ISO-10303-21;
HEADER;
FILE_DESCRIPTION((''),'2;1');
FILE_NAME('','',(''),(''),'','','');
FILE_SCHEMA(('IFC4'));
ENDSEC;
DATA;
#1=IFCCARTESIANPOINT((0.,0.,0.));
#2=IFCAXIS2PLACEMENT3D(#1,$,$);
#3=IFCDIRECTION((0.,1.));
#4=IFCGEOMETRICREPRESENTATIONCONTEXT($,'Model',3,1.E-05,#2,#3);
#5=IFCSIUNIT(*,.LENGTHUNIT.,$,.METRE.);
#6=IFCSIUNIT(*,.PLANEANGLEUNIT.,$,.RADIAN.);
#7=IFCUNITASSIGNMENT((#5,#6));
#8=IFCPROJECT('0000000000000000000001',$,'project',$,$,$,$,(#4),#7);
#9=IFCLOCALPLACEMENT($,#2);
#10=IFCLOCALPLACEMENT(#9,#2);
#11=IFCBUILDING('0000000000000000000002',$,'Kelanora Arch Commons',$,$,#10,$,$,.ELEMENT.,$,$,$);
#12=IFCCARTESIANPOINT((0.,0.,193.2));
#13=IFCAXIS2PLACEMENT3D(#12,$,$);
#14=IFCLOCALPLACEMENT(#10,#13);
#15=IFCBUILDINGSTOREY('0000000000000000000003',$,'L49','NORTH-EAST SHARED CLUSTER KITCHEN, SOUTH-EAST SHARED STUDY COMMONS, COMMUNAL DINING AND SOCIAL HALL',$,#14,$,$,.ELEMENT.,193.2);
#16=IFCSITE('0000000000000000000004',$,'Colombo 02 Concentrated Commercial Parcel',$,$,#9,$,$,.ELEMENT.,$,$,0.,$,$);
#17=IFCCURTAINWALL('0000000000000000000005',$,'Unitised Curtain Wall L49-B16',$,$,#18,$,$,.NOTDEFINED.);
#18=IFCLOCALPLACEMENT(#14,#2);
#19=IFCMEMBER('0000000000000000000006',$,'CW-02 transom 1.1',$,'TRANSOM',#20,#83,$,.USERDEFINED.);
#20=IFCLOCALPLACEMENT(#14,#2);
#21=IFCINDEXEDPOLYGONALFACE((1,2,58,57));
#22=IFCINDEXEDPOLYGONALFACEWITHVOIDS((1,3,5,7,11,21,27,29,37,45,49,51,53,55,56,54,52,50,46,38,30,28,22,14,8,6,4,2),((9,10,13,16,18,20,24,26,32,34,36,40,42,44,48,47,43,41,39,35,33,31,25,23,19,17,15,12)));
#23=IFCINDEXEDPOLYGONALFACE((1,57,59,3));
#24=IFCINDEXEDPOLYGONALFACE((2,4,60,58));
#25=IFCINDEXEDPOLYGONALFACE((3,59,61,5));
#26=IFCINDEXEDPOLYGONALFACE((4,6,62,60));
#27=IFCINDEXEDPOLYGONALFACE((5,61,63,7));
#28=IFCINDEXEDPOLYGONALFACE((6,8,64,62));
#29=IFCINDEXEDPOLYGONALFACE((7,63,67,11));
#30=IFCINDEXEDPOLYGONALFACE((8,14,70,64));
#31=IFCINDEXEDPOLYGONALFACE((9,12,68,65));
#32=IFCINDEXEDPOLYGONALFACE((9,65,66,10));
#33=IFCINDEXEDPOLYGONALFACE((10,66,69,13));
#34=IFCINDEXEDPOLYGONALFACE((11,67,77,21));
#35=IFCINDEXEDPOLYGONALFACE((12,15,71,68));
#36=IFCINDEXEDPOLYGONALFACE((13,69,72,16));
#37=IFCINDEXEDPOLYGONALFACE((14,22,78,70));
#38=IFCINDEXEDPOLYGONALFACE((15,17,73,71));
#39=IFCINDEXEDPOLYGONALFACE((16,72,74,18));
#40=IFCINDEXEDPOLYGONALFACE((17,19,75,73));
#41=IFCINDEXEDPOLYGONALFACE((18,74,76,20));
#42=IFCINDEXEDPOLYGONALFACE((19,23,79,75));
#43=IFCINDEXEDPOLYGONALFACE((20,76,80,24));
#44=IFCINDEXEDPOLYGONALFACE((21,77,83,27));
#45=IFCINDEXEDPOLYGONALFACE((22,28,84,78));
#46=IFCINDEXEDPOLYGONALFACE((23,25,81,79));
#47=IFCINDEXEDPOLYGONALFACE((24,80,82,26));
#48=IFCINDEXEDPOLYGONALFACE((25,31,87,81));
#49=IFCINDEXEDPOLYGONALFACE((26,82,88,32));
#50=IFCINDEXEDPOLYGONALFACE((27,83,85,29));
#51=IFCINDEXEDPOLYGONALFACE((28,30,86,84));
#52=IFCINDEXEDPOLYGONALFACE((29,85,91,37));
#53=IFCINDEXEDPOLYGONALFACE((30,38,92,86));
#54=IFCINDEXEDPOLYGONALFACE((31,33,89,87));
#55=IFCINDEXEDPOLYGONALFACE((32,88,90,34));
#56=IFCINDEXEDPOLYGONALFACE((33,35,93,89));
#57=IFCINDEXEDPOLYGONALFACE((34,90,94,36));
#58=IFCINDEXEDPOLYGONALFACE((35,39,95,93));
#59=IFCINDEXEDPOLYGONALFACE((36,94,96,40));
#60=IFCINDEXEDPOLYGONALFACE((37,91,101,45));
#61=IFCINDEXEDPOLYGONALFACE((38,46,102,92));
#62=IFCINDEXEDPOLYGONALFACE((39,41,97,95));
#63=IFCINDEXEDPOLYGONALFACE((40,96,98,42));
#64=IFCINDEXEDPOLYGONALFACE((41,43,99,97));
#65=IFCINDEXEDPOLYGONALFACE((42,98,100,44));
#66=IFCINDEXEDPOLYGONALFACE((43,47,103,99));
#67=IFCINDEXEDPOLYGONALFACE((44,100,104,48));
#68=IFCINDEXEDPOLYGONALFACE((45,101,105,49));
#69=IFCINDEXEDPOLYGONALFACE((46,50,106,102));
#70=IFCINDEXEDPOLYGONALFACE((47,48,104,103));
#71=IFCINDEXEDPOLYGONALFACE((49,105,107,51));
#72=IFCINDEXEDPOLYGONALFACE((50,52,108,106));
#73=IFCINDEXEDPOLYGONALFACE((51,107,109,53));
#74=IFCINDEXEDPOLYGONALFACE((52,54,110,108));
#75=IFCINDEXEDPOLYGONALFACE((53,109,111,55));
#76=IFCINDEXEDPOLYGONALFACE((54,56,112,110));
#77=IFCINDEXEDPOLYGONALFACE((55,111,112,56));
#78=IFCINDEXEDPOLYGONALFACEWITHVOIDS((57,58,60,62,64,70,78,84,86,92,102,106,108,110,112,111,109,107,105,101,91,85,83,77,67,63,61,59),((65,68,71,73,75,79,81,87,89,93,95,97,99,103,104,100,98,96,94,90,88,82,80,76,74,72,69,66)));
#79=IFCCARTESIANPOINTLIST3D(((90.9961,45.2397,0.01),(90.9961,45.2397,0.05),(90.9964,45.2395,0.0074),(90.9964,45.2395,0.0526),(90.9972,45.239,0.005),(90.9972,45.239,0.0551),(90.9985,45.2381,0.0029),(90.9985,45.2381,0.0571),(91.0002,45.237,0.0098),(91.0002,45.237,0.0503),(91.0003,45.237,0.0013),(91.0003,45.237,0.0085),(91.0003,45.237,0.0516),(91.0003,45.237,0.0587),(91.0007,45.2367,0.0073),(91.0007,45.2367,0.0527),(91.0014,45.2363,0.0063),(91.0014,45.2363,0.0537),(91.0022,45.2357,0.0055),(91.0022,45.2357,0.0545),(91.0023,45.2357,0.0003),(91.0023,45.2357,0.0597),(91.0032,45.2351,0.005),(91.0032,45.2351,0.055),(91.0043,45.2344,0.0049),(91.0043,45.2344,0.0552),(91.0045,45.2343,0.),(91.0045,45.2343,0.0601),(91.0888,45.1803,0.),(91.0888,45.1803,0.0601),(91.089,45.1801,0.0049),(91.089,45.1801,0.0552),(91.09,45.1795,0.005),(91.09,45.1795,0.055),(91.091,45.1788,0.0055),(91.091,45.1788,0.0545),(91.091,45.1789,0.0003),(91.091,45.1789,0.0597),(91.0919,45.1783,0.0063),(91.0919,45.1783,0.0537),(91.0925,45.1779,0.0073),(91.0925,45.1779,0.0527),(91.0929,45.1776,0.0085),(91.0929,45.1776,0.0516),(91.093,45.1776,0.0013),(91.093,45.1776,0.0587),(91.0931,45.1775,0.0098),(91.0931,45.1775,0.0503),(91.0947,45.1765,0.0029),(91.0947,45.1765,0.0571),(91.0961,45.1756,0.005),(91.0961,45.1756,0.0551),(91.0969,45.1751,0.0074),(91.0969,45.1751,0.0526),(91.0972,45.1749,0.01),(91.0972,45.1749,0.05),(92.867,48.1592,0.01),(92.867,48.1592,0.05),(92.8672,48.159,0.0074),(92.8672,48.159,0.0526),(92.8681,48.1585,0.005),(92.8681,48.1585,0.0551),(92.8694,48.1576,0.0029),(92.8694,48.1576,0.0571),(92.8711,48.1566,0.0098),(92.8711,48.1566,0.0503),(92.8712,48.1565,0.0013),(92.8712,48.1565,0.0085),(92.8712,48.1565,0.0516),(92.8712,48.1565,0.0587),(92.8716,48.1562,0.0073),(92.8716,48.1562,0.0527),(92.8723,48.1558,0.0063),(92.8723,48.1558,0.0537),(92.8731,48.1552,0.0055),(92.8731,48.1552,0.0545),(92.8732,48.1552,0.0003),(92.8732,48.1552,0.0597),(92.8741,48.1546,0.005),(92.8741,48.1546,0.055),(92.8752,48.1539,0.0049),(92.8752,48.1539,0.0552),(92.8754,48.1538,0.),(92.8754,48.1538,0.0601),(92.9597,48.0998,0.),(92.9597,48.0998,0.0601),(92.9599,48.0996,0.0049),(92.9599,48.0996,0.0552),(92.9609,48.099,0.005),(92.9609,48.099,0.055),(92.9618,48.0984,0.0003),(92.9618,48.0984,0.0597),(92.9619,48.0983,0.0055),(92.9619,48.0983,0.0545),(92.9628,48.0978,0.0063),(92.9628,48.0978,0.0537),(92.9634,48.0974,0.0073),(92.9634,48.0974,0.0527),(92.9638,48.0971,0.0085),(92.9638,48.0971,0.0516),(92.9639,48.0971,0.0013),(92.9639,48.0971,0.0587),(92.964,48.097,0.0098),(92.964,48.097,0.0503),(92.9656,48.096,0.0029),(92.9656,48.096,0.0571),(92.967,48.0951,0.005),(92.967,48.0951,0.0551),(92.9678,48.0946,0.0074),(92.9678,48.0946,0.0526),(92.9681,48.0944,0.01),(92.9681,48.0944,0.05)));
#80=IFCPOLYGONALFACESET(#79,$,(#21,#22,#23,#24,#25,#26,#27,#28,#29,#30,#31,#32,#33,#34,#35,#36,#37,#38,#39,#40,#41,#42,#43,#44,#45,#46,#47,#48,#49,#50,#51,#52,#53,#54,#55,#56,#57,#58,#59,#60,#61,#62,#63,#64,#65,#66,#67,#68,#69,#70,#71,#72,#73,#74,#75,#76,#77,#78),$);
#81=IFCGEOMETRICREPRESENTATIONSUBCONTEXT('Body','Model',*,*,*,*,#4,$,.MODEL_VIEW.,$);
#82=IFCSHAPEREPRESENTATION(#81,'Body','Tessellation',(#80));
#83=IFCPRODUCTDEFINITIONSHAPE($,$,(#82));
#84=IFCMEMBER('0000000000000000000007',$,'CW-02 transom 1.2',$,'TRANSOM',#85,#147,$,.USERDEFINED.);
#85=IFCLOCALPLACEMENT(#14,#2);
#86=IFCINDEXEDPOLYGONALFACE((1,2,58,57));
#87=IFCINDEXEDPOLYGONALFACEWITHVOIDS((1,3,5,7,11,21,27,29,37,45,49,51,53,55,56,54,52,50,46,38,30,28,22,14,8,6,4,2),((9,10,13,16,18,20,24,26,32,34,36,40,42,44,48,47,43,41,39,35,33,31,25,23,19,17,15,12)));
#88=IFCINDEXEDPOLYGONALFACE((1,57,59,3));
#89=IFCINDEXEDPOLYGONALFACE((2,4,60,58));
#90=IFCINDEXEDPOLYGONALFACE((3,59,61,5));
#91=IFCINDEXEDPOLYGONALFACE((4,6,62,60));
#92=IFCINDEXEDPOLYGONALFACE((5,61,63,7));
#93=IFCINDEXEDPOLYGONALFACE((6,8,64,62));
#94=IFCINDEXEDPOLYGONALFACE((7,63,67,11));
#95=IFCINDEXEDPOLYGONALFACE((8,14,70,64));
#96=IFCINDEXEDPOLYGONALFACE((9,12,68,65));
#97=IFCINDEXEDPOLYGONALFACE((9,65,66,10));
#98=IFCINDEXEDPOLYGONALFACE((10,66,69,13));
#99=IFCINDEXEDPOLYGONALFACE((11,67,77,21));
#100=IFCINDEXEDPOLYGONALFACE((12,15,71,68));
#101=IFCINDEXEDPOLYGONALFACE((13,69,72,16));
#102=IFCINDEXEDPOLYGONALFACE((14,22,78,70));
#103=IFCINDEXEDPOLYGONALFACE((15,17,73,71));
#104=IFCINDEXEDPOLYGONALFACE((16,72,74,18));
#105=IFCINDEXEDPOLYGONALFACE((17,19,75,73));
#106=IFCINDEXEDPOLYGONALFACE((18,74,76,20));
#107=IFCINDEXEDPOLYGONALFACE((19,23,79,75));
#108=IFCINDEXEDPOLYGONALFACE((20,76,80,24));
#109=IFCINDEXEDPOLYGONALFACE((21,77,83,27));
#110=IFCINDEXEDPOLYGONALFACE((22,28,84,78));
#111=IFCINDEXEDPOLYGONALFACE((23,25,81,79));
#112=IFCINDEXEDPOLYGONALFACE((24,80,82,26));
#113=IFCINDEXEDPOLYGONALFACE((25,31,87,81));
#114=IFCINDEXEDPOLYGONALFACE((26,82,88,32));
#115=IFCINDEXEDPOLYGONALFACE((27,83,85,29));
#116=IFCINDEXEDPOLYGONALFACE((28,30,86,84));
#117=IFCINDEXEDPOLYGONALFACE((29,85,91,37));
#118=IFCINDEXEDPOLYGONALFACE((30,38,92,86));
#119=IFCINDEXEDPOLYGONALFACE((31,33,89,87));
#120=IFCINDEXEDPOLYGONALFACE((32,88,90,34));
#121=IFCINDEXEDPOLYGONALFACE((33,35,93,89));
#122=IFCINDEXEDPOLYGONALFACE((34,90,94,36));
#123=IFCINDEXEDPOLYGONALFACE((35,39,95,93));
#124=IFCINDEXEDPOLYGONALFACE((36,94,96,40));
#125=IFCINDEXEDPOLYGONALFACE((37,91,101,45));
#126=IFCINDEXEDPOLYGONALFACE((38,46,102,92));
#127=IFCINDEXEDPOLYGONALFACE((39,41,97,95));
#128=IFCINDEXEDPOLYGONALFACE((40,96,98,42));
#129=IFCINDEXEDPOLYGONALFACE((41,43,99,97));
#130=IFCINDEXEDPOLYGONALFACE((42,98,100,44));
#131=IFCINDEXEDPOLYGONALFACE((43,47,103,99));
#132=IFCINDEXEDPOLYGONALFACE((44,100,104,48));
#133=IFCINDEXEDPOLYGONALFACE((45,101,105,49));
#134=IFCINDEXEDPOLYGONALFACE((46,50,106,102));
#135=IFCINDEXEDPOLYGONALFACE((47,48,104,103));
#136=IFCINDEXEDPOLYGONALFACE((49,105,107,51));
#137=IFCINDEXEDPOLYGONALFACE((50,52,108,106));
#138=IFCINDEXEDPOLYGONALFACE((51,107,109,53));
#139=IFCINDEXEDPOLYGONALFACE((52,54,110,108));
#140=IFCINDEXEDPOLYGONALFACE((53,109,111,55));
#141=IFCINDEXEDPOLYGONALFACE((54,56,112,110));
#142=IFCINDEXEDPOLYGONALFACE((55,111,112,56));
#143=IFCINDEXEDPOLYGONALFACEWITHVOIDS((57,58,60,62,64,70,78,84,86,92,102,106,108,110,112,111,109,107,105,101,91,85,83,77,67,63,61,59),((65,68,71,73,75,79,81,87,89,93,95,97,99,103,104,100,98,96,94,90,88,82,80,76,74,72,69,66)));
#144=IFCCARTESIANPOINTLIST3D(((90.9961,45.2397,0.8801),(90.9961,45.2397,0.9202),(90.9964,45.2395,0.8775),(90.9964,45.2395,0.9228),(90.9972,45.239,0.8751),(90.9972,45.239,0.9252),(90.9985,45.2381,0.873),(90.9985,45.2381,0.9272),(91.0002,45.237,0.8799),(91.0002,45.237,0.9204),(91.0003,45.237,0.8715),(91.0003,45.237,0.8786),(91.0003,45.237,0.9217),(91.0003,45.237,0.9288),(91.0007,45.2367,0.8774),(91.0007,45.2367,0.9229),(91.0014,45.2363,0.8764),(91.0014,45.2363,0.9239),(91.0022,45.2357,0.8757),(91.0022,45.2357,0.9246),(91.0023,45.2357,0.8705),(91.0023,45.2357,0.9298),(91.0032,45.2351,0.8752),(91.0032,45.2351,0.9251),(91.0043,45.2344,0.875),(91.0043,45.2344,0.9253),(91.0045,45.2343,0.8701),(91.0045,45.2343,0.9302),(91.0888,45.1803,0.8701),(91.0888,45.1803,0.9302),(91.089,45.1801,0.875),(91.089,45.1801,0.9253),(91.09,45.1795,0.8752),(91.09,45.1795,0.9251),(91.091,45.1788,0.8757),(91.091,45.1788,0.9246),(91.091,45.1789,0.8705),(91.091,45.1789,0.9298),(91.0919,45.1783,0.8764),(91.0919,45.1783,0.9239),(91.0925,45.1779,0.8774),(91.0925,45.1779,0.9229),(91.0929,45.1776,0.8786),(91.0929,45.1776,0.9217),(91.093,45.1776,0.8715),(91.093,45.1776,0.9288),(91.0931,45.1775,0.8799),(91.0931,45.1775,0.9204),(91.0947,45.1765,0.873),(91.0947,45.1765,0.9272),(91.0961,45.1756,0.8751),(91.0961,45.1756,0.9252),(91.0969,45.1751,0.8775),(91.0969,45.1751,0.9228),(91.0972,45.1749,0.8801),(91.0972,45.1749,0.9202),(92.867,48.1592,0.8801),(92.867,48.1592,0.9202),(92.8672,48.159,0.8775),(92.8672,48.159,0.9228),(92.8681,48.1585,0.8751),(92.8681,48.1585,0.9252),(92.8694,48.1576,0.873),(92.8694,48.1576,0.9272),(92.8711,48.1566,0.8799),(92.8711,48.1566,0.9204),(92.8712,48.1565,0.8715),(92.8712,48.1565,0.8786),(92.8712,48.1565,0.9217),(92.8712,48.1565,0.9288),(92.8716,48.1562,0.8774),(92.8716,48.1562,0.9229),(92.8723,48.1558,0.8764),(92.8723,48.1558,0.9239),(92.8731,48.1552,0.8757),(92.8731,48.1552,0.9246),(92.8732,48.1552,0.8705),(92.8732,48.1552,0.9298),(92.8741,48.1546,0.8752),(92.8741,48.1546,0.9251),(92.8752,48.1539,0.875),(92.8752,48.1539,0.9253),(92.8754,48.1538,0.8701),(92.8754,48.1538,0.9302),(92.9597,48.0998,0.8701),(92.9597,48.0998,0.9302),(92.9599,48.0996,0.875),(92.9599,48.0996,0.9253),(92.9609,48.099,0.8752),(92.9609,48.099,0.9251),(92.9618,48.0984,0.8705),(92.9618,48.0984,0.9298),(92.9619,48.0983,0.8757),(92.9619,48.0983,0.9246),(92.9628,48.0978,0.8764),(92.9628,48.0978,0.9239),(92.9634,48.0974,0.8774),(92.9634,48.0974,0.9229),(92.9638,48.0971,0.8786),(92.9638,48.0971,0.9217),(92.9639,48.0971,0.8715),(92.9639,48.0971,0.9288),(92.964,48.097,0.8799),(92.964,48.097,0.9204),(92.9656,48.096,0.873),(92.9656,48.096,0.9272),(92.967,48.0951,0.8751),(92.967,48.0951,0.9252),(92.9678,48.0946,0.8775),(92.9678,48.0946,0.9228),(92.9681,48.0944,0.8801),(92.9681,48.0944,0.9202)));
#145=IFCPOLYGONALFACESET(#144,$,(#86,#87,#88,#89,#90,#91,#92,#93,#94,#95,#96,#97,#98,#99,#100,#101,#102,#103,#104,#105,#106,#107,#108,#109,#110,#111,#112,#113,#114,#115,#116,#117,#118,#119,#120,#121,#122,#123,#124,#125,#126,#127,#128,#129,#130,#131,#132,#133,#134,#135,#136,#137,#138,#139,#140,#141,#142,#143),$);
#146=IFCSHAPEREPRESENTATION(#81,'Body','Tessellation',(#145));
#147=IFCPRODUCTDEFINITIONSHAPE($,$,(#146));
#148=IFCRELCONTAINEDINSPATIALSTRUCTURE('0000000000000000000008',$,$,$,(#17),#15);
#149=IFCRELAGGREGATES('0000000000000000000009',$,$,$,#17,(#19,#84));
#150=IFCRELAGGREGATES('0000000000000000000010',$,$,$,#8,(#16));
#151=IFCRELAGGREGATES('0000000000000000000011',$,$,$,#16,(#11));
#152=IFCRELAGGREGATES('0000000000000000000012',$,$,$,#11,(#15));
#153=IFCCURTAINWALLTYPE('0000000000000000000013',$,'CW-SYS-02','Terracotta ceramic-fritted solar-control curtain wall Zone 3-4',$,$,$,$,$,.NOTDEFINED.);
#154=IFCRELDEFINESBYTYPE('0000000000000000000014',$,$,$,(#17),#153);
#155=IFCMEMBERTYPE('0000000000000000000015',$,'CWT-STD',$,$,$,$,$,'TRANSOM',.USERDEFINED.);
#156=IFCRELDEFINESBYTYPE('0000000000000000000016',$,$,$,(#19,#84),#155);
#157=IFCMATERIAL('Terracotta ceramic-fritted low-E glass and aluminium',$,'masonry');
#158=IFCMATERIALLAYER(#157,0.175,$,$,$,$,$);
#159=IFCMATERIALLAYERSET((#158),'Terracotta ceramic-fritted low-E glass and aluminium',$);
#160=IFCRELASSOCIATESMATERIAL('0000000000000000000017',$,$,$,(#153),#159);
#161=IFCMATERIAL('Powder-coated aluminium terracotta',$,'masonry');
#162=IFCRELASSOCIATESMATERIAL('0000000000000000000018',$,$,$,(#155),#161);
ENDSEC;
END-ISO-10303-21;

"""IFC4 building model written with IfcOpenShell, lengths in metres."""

from ifc_helpers import new_model, si_unit, direction, frame, origin, origin_2d, place, context, subcontext, project, spatial, hollow_rectangle, extrude, material, layer, layer_set, material_profile, profile_set, type_object, element, aggregate, save


model = new_model("IFC4")

# Units and contexts
model_context = context("Model", 3, precision=1e-05, world=origin(), true_north=direction((0.0, 1.0)))
body_context = subcontext(model_context, "Body", "Model", "MODEL_VIEW")
ifc_project = project(units=[si_unit("LENGTHUNIT", "METRE"), si_unit("PLANEANGLEUNIT", "RADIAN")], contexts=[model_context])

# Site, building, storey
site_placement = place(None, origin())
site = spatial("IfcSite", under=ifc_project, at=site_placement, Name="Colombo 02 Concentrated Commercial Parcel", CompositionType="ELEMENT", RefElevation=0.0)
building_placement = place(site_placement, origin())
building = spatial("IfcBuilding", under=site, at=building_placement, Name="Kelanora Arch Commons", CompositionType="ELEMENT")
storey_placement = place(building_placement, frame((0.0, 0.0, 193.2)))
storey = spatial("IfcBuildingStorey", under=building, at=storey_placement, Name="L49", Description="NORTH-EAST SHARED CLUSTER KITCHEN, SOUTH-EAST SHARED STUDY COMMONS, COMMUNAL DINING AND SOCIAL HALL", CompositionType="ELEMENT", Elevation=193.2)

# Shared definitions
ifc_material_1 = material(Name="Terracotta ceramic-fritted low-E glass and aluminium", Category="masonry")
ifc_layer_1 = layer(ifc_material_1, 0.175)
ifc_layer_set_1 = layer_set([ifc_layer_1], Name="Terracotta ceramic-fritted low-E glass and aluminium")
curtain_wall_type = type_object("IfcCurtainWallType", Name="CW-SYS-02", Description="Terracotta ceramic-fritted solar-control curtain wall Zone 3-4", PredefinedType="NOTDEFINED", material=ifc_layer_set_1)
ifc_material_2 = material(Name="Powder-coated aluminium terracotta", Category="masonry")

# Curtain wall, members
curtain_wall_1_placement = place(storey_placement, origin())
curtain_wall_1 = element("IfcCurtainWall", 1, at=curtain_wall_1_placement, inside=storey, type_object=curtain_wall_type, Name="Unitised Curtain Wall L49-B16", PredefinedType="NOTDEFINED")
ifc_material_profile_1 = material_profile(ifc_material_2, hollow_rectangle(XDim=0.1201, YDim=0.0601, WallThickness=0.0049, InnerFilletRadius=0.0049, OuterFilletRadius=0.01, at=origin_2d()), Name="CWT120x60")
ifc_profile_set_1 = profile_set([ifc_material_profile_1], Name="Powder-coated aluminium terracotta")
member_type_1 = type_object("IfcMemberType", Name="CWT-STD", ElementType="TRANSOM", PredefinedType="USERDEFINED", material=ifc_profile_set_1)
member_1_placement = place(storey_placement, frame((91.0466, 45.2073, 0.03), z_axis=(0.539547, 0.841955, 0.0), x_axis=(-0.841955, 0.539547, 0.0)))
member_1 = element("IfcMember", 2, at=member_1_placement, type_object=member_type_1, Name="CW-02 transom 1.1", ObjectType="TRANSOM", PredefinedType="USERDEFINED", context=body_context, shape_type="SweptSolid", body=[
    extrude(hollow_rectangle(XDim=0.1201, YDim=0.0601, WallThickness=0.0049, InnerFilletRadius=0.0049, OuterFilletRadius=0.01, at=origin_2d()), origin(), (0.0, 0.0, 1.0), 3.4675),
])
member_2_placement = place(storey_placement, frame((91.0466, 45.2073, 0.9001), z_axis=(0.539547, 0.841955, 0.0), x_axis=(-0.841955, 0.539547, 0.0)))
member_2 = element("IfcMember", 3, at=member_2_placement, type_object=member_type_1, Name="CW-02 transom 1.2", ObjectType="TRANSOM", PredefinedType="USERDEFINED", context=body_context, shape_type="SweptSolid", body=[
    extrude(hollow_rectangle(XDim=0.1201, YDim=0.0601, WallThickness=0.0049, InnerFilletRadius=0.0049, OuterFilletRadius=0.01, at=origin_2d()), origin(), (0.0, 0.0, 1.0), 3.4675),
])

aggregate(curtain_wall_1, [member_1, member_2])

save(model, "model.ifc")
